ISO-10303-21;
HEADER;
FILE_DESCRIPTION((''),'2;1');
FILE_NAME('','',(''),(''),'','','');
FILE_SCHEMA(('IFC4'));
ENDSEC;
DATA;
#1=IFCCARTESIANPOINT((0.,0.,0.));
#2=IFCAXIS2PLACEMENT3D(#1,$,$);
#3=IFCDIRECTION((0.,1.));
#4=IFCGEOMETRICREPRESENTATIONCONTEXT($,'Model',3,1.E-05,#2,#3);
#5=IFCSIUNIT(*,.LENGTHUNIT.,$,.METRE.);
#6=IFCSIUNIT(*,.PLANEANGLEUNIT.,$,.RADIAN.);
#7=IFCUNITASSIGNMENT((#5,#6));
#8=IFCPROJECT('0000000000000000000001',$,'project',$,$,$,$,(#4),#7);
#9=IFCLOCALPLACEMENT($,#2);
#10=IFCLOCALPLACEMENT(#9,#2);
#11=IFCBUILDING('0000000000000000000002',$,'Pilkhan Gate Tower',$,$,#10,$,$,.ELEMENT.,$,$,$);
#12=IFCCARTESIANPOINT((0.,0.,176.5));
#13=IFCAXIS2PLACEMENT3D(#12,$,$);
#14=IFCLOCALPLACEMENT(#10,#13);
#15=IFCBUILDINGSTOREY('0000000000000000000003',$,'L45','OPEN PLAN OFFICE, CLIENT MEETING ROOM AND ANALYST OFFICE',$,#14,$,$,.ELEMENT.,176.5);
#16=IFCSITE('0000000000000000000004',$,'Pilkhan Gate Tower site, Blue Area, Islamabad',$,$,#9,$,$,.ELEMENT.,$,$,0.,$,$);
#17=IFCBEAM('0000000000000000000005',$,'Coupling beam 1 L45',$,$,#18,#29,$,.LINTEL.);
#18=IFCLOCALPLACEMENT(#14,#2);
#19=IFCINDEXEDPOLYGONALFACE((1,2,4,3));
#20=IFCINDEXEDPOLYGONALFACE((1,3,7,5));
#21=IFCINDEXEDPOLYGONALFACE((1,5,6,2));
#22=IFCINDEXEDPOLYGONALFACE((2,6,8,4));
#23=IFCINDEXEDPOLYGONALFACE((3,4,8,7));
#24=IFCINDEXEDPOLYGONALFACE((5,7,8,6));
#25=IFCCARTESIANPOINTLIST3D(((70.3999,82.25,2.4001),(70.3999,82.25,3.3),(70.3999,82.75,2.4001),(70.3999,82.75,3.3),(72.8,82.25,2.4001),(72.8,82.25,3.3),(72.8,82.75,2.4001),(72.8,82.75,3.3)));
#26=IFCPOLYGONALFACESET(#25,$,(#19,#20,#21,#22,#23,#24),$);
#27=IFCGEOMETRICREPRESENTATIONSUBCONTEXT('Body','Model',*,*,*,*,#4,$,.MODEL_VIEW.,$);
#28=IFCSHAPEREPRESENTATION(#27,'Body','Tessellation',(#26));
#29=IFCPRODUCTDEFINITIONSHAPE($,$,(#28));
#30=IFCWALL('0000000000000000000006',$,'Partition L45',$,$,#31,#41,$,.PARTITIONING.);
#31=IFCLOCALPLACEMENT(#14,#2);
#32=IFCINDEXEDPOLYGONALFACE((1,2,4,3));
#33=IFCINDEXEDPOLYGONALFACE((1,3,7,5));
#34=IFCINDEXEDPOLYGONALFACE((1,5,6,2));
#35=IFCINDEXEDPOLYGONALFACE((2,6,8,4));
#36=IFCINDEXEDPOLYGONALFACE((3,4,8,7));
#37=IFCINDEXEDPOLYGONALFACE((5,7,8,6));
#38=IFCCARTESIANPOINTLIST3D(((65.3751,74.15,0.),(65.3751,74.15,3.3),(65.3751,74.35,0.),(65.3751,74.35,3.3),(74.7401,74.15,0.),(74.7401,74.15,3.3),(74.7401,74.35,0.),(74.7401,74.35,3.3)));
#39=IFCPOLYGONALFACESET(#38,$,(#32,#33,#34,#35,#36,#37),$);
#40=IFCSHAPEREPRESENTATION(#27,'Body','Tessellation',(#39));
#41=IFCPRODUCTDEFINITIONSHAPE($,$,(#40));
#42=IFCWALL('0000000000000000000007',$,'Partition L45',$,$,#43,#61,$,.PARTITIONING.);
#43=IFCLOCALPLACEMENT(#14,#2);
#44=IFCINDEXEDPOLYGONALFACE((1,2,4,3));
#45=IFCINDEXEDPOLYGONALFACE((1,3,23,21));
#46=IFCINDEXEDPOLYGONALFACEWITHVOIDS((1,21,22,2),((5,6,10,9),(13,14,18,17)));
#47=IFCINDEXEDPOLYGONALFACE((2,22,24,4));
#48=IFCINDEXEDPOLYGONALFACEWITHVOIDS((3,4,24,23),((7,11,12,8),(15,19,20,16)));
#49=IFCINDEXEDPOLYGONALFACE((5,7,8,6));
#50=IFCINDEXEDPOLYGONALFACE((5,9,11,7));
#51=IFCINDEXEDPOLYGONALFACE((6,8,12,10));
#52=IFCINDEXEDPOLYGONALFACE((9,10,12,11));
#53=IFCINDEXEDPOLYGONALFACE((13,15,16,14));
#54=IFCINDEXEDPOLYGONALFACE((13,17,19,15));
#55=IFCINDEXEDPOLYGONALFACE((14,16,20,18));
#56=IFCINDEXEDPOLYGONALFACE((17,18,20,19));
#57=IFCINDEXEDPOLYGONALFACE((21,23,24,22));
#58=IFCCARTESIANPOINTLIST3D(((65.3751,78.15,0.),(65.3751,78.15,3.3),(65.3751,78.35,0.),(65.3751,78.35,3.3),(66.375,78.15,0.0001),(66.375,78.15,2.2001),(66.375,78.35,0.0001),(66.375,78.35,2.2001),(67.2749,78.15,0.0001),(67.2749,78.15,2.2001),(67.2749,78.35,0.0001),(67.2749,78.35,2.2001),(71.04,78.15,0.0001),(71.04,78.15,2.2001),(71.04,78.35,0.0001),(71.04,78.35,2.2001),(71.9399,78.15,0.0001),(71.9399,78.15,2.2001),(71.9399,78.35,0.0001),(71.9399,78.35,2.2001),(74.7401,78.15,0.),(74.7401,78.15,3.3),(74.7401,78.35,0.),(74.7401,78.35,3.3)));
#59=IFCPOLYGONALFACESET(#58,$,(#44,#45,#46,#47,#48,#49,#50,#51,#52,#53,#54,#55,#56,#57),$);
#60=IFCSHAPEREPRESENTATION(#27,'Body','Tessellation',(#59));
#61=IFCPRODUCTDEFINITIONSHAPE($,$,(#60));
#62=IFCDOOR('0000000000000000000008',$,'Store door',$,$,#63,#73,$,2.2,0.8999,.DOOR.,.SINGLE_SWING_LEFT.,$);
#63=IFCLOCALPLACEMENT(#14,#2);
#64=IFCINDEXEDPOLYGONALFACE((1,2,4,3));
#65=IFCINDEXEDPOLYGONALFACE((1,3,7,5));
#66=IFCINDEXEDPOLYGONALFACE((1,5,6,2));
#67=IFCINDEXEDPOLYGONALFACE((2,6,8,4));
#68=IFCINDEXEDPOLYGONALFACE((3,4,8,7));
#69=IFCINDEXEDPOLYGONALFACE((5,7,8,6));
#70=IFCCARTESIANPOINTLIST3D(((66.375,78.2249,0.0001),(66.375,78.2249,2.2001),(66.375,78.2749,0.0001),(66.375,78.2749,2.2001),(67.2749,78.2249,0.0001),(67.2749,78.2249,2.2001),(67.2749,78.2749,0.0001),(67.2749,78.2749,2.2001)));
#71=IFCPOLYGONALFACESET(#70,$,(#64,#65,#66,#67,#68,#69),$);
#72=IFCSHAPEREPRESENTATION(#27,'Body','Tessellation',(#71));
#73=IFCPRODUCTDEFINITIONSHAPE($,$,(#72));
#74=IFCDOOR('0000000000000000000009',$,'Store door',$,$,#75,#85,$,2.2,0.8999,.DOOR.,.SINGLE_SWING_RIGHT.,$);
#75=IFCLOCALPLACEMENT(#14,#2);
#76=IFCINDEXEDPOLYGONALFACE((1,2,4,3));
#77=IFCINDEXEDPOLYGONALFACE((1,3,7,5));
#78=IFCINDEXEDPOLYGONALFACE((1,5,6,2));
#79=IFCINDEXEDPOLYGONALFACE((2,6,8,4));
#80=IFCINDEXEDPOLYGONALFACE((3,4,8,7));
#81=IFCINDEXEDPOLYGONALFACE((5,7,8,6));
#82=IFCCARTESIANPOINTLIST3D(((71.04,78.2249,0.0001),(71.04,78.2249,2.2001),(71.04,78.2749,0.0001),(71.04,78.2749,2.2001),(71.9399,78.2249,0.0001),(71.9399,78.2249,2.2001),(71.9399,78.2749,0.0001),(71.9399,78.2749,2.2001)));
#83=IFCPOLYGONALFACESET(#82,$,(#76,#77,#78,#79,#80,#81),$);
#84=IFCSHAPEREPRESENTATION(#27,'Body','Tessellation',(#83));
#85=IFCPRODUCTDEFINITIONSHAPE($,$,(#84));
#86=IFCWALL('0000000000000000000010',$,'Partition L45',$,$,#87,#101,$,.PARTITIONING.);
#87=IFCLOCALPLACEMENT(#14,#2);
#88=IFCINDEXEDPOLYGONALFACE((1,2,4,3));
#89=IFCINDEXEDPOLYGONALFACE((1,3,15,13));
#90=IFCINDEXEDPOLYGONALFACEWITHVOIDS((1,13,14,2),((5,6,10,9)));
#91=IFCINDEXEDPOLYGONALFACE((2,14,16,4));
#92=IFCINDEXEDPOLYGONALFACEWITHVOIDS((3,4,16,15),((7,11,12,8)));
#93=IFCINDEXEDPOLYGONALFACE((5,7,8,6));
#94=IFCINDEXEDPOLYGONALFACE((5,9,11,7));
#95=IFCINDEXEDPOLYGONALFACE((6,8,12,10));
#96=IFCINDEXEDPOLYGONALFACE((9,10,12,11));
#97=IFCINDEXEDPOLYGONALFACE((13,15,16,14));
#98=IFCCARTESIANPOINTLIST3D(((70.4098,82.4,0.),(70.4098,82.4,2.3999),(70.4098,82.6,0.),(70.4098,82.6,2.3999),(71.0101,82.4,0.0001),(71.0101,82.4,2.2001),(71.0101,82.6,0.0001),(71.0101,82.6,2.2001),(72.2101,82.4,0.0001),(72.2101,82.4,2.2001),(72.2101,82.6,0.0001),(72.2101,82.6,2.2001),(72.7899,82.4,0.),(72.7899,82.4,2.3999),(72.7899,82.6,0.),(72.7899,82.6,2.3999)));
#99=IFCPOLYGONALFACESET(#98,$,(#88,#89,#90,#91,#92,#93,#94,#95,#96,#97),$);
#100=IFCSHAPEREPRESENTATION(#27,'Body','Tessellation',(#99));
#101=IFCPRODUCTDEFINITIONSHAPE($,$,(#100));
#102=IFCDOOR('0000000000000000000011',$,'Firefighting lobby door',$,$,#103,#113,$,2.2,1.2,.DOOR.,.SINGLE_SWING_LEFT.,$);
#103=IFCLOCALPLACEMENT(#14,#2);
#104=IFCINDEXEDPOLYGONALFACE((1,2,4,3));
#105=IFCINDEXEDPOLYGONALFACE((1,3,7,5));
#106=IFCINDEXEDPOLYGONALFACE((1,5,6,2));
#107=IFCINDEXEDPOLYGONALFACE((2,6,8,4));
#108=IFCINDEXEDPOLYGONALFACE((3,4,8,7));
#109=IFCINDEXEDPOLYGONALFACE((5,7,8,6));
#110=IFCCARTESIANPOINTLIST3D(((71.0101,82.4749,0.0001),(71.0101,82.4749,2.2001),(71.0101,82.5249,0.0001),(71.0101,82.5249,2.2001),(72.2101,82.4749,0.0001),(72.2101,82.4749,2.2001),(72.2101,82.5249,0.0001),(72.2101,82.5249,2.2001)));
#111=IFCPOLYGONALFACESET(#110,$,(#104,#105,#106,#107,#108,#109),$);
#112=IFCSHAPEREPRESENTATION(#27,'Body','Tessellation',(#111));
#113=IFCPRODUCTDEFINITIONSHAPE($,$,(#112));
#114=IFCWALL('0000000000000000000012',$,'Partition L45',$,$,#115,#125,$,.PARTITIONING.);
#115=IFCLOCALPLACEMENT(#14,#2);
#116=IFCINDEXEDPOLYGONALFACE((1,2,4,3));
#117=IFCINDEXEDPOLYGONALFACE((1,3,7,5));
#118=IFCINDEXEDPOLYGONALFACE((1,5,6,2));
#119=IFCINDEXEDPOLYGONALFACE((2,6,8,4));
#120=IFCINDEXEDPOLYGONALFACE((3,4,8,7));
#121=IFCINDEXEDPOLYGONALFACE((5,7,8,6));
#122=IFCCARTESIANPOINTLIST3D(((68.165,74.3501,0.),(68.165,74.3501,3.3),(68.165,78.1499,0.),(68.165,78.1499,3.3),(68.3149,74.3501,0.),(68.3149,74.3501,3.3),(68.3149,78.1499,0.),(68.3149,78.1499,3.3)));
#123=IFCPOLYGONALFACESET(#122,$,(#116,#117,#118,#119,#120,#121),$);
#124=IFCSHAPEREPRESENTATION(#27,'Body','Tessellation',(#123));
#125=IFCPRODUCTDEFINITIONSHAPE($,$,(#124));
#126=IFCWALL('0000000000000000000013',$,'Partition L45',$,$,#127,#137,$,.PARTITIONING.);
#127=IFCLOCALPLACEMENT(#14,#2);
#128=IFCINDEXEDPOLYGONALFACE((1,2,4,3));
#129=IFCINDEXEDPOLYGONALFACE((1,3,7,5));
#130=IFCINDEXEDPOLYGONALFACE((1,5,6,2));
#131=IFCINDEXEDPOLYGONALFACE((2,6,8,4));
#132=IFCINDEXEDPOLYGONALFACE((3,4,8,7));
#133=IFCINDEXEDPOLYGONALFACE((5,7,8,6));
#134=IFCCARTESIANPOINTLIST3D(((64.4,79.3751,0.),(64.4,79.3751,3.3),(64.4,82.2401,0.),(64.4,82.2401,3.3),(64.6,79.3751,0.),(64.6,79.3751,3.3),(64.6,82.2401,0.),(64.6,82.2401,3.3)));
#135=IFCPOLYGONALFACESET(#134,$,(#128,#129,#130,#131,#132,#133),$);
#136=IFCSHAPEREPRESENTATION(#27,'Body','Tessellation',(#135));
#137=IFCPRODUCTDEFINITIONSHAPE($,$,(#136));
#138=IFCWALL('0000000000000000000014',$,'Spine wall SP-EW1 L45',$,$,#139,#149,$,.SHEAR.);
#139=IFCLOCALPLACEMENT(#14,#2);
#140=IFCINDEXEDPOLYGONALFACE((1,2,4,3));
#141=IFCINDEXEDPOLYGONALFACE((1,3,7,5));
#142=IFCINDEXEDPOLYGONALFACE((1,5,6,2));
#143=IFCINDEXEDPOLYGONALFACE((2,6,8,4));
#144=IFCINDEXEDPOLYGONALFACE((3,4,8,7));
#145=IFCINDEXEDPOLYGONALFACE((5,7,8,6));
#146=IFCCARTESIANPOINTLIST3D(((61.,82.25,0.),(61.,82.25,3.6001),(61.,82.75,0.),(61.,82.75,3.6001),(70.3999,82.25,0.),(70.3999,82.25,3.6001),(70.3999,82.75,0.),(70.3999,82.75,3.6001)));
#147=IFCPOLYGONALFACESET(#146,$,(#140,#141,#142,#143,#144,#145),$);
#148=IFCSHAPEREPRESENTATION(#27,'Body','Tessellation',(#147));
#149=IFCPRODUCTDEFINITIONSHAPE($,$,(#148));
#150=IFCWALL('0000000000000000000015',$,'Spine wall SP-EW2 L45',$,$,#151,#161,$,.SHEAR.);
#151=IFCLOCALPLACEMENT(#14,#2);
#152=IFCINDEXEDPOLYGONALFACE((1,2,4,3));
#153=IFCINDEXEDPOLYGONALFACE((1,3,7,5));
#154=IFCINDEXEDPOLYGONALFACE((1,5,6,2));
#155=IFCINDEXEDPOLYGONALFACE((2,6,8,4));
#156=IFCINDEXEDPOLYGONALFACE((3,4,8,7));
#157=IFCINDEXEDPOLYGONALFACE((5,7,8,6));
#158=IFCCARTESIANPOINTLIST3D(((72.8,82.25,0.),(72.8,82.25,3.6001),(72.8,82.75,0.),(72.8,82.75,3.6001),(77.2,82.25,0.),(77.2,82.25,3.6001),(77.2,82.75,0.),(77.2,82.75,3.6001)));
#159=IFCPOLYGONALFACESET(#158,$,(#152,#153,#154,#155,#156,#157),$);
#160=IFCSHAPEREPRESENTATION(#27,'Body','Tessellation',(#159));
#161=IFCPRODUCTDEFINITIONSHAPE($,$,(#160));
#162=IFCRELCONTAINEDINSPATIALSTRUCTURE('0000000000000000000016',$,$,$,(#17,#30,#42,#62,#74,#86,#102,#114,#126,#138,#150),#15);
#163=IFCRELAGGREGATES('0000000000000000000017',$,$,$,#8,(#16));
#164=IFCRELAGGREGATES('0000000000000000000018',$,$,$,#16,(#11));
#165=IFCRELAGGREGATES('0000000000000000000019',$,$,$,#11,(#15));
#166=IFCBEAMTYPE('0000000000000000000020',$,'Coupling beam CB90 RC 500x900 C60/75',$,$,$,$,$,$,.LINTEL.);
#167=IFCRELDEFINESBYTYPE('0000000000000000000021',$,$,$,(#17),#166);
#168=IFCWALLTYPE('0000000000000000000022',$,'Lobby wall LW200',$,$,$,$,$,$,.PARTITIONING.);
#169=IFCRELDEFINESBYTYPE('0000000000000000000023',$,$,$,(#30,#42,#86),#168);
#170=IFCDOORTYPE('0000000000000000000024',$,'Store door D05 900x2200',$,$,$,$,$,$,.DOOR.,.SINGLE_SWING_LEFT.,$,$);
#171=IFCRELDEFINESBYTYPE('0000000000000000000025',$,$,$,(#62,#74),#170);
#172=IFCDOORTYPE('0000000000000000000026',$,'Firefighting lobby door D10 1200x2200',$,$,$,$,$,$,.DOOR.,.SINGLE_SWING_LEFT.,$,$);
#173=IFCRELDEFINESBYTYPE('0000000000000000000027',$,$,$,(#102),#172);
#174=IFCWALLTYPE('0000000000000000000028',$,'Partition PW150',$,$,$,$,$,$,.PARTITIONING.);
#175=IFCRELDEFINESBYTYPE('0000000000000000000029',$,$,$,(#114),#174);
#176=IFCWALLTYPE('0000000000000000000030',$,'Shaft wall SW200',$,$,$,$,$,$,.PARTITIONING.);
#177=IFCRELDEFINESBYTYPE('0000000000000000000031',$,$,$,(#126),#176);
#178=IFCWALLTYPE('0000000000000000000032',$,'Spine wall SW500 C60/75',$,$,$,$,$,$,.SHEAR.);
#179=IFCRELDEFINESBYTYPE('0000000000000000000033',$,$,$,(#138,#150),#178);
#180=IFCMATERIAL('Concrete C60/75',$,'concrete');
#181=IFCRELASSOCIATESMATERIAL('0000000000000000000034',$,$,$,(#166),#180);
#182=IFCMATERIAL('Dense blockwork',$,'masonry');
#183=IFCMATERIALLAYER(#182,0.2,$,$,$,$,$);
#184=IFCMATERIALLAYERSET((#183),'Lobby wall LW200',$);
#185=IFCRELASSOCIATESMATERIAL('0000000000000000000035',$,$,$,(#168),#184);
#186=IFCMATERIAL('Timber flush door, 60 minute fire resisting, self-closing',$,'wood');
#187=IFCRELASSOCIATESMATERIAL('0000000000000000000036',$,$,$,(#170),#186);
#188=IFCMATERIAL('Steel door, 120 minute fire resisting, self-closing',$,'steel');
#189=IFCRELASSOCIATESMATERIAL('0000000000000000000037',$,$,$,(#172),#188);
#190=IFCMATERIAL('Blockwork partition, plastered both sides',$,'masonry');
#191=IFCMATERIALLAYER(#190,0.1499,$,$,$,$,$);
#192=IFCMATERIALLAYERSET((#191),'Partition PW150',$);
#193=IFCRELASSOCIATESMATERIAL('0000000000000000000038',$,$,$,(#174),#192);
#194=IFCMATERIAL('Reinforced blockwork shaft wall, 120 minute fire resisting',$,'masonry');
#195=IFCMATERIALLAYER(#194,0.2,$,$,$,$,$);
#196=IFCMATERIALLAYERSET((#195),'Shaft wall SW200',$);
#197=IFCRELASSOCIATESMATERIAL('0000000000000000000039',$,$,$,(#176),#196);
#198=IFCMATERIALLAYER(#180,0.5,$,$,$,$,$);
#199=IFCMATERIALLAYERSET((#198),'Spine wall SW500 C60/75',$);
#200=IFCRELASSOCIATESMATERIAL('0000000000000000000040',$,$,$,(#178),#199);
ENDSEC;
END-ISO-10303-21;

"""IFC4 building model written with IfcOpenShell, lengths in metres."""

from ifc_helpers import new_model, si_unit, direction, frame, frame_2d, origin, origin_2d, place, context, subcontext, project, spatial, rectangle, extrude, material, layer, layer_set, material_profile, profile_set, type_object, element, fill, save


model = new_model("IFC4")

# Units and contexts
model_context = context("Model", 3, precision=1e-05, world=origin(), true_north=direction((0.0, 1.0)))
body_context = subcontext(model_context, "Body", "Model", "MODEL_VIEW")
ifc_project = project(units=[si_unit("LENGTHUNIT", "METRE"), si_unit("PLANEANGLEUNIT", "RADIAN")], contexts=[model_context])

# Site, building, storey
site_placement = place(None, origin())
site = spatial("IfcSite", under=ifc_project, at=site_placement, Name="Pilkhan Gate Tower site, Blue Area, Islamabad", CompositionType="ELEMENT", RefElevation=0.0)
building_placement = place(site_placement, origin())
building = spatial("IfcBuilding", under=site, at=building_placement, Name="Pilkhan Gate Tower", CompositionType="ELEMENT")
storey_placement = place(building_placement, frame((0.0, 0.0, 176.5)))
storey = spatial("IfcBuildingStorey", under=building, at=storey_placement, Name="L45", Description="OPEN PLAN OFFICE, CLIENT MEETING ROOM AND ANALYST OFFICE", CompositionType="ELEMENT", Elevation=176.5)

# Beam
ifc_material_1 = material(Name="Concrete C60/75", Category="concrete")
ifc_material_profile = material_profile(ifc_material_1, rectangle(XDim=0.5, YDim=0.8999, at=origin_2d()), Name="RC 500x900")
ifc_profile_set = profile_set([ifc_material_profile], Name="Concrete C60/75")
beam_type = type_object("IfcBeamType", Name="Coupling beam CB90 RC 500x900 C60/75", PredefinedType="LINTEL", material=ifc_profile_set)
beam_placement = place(storey_placement, frame((70.3999, 82.5, 2.8501), z_axis=(1.0, 0.0, 0.0), x_axis=(0.0, 1.0, 0.0)))
element("IfcBeam", 1, at=beam_placement, inside=storey, type_object=beam_type, Name="Coupling beam 1 L45", PredefinedType="LINTEL", context=body_context, shape_type="SweptSolid", body=[
    extrude(rectangle(XDim=0.5, YDim=0.8999, at=origin_2d()), origin(), (0.0, 0.0, 1.0), 2.4001),
])

# Wall
ifc_material_2 = material(Name="Dense blockwork", Category="masonry")
ifc_layer_1 = layer(ifc_material_2, 0.2)
ifc_layer_set_1 = layer_set([ifc_layer_1], Name="Lobby wall LW200")
wall_type_1 = type_object("IfcWallType", Name="Lobby wall LW200", PredefinedType="PARTITIONING", material=ifc_layer_set_1)
wall_1_placement = place(storey_placement, frame((65.375, 74.25, 0.0), z_axis=(0.0, 0.0, 1.0), x_axis=(1.0, 0.0, 0.0)))
element("IfcWall", 2, at=wall_1_placement, inside=storey, type_object=wall_type_1, Name="Partition L45", PredefinedType="PARTITIONING", context=body_context, shape_type="SweptSolid", body=[
    extrude(rectangle(XDim=9.365, YDim=0.2, at=frame_2d((4.6826, 0.0))), origin(), (0.0, 0.0, 1.0), 3.3),
])

# Wall, openings, doors
wall_2_placement = place(storey_placement, frame((65.375, 78.25, 0.0), z_axis=(0.0, 0.0, 1.0), x_axis=(1.0, 0.0, 0.0)))
wall_2 = element("IfcWall", 3, at=wall_2_placement, inside=storey, type_object=wall_type_1, Name="Partition L45", PredefinedType="PARTITIONING", context=body_context, shape_type="SweptSolid", body=[
    extrude(rectangle(XDim=9.365, YDim=0.2, at=frame_2d((4.6826, 0.0))), origin(), (0.0, 0.0, 1.0), 3.3),
])
opening_1_placement = place(wall_2_placement, frame((1.0, 0.0, 0.0)))
opening_1 = element("IfcOpeningElement", 4, at=opening_1_placement, cuts=wall_2, PredefinedType="OPENING", context=body_context, shape_type="SweptSolid", body=[
    extrude(rectangle(XDim=0.8999, YDim=2.2, at=frame_2d((0.45, 1.1001))), frame((0.0, 0.1099, 0.0), z_axis=(0.0, -1.0, 0.0), x_axis=(1.0, 0.0, 0.0)), (0.0, 0.0, 1.0), 0.22),
])
opening_2_placement = place(wall_2_placement, frame((5.665, 0.0, 0.0)))
opening_2 = element("IfcOpeningElement", 5, at=opening_2_placement, cuts=wall_2, PredefinedType="OPENING", context=body_context, shape_type="SweptSolid", body=[
    extrude(rectangle(XDim=0.8999, YDim=2.2, at=frame_2d((0.45, 1.1001))), frame((0.0, 0.1099, 0.0), z_axis=(0.0, -1.0, 0.0), x_axis=(1.0, 0.0, 0.0)), (0.0, 0.0, 1.0), 0.22),
])
ifc_material_3 = material(Name="Timber flush door, 60 minute fire resisting, self-closing", Category="wood")
door_type_1 = type_object("IfcDoorType", Name="Store door D05 900x2200", OperationType="SINGLE_SWING_LEFT", PredefinedType="DOOR", material=ifc_material_3)
door_1_placement = place(opening_1_placement, origin())
door_1 = element("IfcDoor", 6, at=door_1_placement, inside=storey, type_object=door_type_1, Name="Store door", OperationType="SINGLE_SWING_LEFT", OverallHeight=2.2, OverallWidth=0.8999, PredefinedType="DOOR", context=body_context, shape_type="SweptSolid", body=[
    extrude(rectangle(XDim=0.8999, YDim=2.2, at=frame_2d((0.45, 1.1001))), frame((0.0, 0.0249, 0.0), z_axis=(0.0, -1.0, 0.0), x_axis=(1.0, 0.0, 0.0)), (0.0, 0.0, 1.0), 0.05),
])
fill(opening_1, door_1)
door_2_placement = place(opening_2_placement, origin())
door_2 = element("IfcDoor", 7, at=door_2_placement, inside=storey, type_object=door_type_1, Name="Store door", OperationType="SINGLE_SWING_RIGHT", OverallHeight=2.2, OverallWidth=0.8999, PredefinedType="DOOR", context=body_context, shape_type="SweptSolid", body=[
    extrude(rectangle(XDim=0.8999, YDim=2.2, at=frame_2d((0.45, 1.1001))), frame((0.0, 0.0249, 0.0), z_axis=(0.0, -1.0, 0.0), x_axis=(1.0, 0.0, 0.0)), (0.0, 0.0, 1.0), 0.05),
])
fill(opening_2, door_2)

# Wall, opening, door
wall_3_placement = place(storey_placement, frame((70.4099, 82.5, 0.0), z_axis=(0.0, 0.0, 1.0), x_axis=(1.0, 0.0, 0.0)))
wall_3 = element("IfcWall", 8, at=wall_3_placement, inside=storey, type_object=wall_type_1, Name="Partition L45", PredefinedType="PARTITIONING", context=body_context, shape_type="SweptSolid", body=[
    extrude(rectangle(XDim=2.3801, YDim=0.2, at=frame_2d((1.1899, 0.0))), origin(), (0.0, 0.0, 1.0), 2.3999),
])
opening_3_placement = place(wall_3_placement, frame((0.6001, 0.0, 0.0)))
opening_3 = element("IfcOpeningElement", 9, at=opening_3_placement, cuts=wall_3, PredefinedType="OPENING", context=body_context, shape_type="SweptSolid", body=[
    extrude(rectangle(XDim=1.2, YDim=2.2, at=frame_2d((0.6001, 1.1001))), frame((0.0, 0.1099, 0.0), z_axis=(0.0, -1.0, 0.0), x_axis=(1.0, 0.0, 0.0)), (0.0, 0.0, 1.0), 0.22),
])
ifc_material_4 = material(Name="Steel door, 120 minute fire resisting, self-closing", Category="steel")
door_type_2 = type_object("IfcDoorType", Name="Firefighting lobby door D10 1200x2200", OperationType="SINGLE_SWING_LEFT", PredefinedType="DOOR", material=ifc_material_4)
door_3_placement = place(opening_3_placement, origin())
door_3 = element("IfcDoor", 10, at=door_3_placement, inside=storey, type_object=door_type_2, Name="Firefighting lobby door", OperationType="SINGLE_SWING_LEFT", OverallHeight=2.2, OverallWidth=1.2, PredefinedType="DOOR", context=body_context, shape_type="SweptSolid", body=[
    extrude(rectangle(XDim=1.2, YDim=2.2, at=frame_2d((0.6001, 1.1001))), frame((0.0, 0.0249, 0.0), z_axis=(0.0, -1.0, 0.0), x_axis=(1.0, 0.0, 0.0)), (0.0, 0.0, 1.0), 0.05),
])
fill(opening_3, door_3)

# Walls
ifc_material_5 = material(Name="Blockwork partition, plastered both sides", Category="masonry")
ifc_layer_2 = layer(ifc_material_5, 0.1499)
ifc_layer_set_2 = layer_set([ifc_layer_2], Name="Partition PW150")
wall_type_2 = type_object("IfcWallType", Name="Partition PW150", PredefinedType="PARTITIONING", material=ifc_layer_set_2)
wall_4_placement = place(storey_placement, frame((68.24, 74.3501, 0.0), z_axis=(0.0, 0.0, 1.0), x_axis=(0.0, 1.0, 0.0)))
element("IfcWall", 11, at=wall_4_placement, inside=storey, type_object=wall_type_2, Name="Partition L45", PredefinedType="PARTITIONING", context=body_context, shape_type="SweptSolid", body=[
    extrude(rectangle(XDim=3.7998, YDim=0.1499, at=frame_2d((1.8999, 0.0))), origin(), (0.0, 0.0, 1.0), 3.3),
])
ifc_material_6 = material(Name="Reinforced blockwork shaft wall, 120 minute fire resisting", Category="masonry")
ifc_layer_3 = layer(ifc_material_6, 0.2)
ifc_layer_set_3 = layer_set([ifc_layer_3], Name="Shaft wall SW200")
wall_type_3 = type_object("IfcWallType", Name="Shaft wall SW200", PredefinedType="PARTITIONING", material=ifc_layer_set_3)
wall_5_placement = place(storey_placement, frame((64.5, 79.375, 0.0), z_axis=(0.0, 0.0, 1.0), x_axis=(0.0, 1.0, 0.0)))
element("IfcWall", 12, at=wall_5_placement, inside=storey, type_object=wall_type_3, Name="Partition L45", PredefinedType="PARTITIONING", context=body_context, shape_type="SweptSolid", body=[
    extrude(rectangle(XDim=2.865, YDim=0.2, at=frame_2d((1.4326, 0.0))), origin(), (0.0, 0.0, 1.0), 3.3),
])
ifc_layer_4 = layer(ifc_material_1, 0.5)
ifc_layer_set_4 = layer_set([ifc_layer_4], Name="Spine wall SW500 C60/75")
wall_type_4 = type_object("IfcWallType", Name="Spine wall SW500 C60/75", PredefinedType="SHEAR", material=ifc_layer_set_4)
wall_6_placement = place(storey_placement, frame((61.0, 82.5, 0.0), z_axis=(0.0, 0.0, 1.0), x_axis=(1.0, 0.0, 0.0)))
element("IfcWall", 13, at=wall_6_placement, inside=storey, type_object=wall_type_4, Name="Spine wall SP-EW1 L45", PredefinedType="SHEAR", context=body_context, shape_type="SweptSolid", body=[
    extrude(rectangle(XDim=9.3999, YDim=0.5, at=frame_2d((4.7, 0.0))), origin(), (0.0, 0.0, 1.0), 3.6001),
])
wall_7_placement = place(storey_placement, frame((72.8, 82.5, 0.0), z_axis=(0.0, 0.0, 1.0), x_axis=(1.0, 0.0, 0.0)))
element("IfcWall", 14, at=wall_7_placement, inside=storey, type_object=wall_type_4, Name="Spine wall SP-EW2 L45", PredefinedType="SHEAR", context=body_context, shape_type="SweptSolid", body=[
    extrude(rectangle(XDim=4.3999, YDim=0.5, at=frame_2d((2.2, 0.0))), origin(), (0.0, 0.0, 1.0), 3.6001),
])

save(model, "model.ifc")
